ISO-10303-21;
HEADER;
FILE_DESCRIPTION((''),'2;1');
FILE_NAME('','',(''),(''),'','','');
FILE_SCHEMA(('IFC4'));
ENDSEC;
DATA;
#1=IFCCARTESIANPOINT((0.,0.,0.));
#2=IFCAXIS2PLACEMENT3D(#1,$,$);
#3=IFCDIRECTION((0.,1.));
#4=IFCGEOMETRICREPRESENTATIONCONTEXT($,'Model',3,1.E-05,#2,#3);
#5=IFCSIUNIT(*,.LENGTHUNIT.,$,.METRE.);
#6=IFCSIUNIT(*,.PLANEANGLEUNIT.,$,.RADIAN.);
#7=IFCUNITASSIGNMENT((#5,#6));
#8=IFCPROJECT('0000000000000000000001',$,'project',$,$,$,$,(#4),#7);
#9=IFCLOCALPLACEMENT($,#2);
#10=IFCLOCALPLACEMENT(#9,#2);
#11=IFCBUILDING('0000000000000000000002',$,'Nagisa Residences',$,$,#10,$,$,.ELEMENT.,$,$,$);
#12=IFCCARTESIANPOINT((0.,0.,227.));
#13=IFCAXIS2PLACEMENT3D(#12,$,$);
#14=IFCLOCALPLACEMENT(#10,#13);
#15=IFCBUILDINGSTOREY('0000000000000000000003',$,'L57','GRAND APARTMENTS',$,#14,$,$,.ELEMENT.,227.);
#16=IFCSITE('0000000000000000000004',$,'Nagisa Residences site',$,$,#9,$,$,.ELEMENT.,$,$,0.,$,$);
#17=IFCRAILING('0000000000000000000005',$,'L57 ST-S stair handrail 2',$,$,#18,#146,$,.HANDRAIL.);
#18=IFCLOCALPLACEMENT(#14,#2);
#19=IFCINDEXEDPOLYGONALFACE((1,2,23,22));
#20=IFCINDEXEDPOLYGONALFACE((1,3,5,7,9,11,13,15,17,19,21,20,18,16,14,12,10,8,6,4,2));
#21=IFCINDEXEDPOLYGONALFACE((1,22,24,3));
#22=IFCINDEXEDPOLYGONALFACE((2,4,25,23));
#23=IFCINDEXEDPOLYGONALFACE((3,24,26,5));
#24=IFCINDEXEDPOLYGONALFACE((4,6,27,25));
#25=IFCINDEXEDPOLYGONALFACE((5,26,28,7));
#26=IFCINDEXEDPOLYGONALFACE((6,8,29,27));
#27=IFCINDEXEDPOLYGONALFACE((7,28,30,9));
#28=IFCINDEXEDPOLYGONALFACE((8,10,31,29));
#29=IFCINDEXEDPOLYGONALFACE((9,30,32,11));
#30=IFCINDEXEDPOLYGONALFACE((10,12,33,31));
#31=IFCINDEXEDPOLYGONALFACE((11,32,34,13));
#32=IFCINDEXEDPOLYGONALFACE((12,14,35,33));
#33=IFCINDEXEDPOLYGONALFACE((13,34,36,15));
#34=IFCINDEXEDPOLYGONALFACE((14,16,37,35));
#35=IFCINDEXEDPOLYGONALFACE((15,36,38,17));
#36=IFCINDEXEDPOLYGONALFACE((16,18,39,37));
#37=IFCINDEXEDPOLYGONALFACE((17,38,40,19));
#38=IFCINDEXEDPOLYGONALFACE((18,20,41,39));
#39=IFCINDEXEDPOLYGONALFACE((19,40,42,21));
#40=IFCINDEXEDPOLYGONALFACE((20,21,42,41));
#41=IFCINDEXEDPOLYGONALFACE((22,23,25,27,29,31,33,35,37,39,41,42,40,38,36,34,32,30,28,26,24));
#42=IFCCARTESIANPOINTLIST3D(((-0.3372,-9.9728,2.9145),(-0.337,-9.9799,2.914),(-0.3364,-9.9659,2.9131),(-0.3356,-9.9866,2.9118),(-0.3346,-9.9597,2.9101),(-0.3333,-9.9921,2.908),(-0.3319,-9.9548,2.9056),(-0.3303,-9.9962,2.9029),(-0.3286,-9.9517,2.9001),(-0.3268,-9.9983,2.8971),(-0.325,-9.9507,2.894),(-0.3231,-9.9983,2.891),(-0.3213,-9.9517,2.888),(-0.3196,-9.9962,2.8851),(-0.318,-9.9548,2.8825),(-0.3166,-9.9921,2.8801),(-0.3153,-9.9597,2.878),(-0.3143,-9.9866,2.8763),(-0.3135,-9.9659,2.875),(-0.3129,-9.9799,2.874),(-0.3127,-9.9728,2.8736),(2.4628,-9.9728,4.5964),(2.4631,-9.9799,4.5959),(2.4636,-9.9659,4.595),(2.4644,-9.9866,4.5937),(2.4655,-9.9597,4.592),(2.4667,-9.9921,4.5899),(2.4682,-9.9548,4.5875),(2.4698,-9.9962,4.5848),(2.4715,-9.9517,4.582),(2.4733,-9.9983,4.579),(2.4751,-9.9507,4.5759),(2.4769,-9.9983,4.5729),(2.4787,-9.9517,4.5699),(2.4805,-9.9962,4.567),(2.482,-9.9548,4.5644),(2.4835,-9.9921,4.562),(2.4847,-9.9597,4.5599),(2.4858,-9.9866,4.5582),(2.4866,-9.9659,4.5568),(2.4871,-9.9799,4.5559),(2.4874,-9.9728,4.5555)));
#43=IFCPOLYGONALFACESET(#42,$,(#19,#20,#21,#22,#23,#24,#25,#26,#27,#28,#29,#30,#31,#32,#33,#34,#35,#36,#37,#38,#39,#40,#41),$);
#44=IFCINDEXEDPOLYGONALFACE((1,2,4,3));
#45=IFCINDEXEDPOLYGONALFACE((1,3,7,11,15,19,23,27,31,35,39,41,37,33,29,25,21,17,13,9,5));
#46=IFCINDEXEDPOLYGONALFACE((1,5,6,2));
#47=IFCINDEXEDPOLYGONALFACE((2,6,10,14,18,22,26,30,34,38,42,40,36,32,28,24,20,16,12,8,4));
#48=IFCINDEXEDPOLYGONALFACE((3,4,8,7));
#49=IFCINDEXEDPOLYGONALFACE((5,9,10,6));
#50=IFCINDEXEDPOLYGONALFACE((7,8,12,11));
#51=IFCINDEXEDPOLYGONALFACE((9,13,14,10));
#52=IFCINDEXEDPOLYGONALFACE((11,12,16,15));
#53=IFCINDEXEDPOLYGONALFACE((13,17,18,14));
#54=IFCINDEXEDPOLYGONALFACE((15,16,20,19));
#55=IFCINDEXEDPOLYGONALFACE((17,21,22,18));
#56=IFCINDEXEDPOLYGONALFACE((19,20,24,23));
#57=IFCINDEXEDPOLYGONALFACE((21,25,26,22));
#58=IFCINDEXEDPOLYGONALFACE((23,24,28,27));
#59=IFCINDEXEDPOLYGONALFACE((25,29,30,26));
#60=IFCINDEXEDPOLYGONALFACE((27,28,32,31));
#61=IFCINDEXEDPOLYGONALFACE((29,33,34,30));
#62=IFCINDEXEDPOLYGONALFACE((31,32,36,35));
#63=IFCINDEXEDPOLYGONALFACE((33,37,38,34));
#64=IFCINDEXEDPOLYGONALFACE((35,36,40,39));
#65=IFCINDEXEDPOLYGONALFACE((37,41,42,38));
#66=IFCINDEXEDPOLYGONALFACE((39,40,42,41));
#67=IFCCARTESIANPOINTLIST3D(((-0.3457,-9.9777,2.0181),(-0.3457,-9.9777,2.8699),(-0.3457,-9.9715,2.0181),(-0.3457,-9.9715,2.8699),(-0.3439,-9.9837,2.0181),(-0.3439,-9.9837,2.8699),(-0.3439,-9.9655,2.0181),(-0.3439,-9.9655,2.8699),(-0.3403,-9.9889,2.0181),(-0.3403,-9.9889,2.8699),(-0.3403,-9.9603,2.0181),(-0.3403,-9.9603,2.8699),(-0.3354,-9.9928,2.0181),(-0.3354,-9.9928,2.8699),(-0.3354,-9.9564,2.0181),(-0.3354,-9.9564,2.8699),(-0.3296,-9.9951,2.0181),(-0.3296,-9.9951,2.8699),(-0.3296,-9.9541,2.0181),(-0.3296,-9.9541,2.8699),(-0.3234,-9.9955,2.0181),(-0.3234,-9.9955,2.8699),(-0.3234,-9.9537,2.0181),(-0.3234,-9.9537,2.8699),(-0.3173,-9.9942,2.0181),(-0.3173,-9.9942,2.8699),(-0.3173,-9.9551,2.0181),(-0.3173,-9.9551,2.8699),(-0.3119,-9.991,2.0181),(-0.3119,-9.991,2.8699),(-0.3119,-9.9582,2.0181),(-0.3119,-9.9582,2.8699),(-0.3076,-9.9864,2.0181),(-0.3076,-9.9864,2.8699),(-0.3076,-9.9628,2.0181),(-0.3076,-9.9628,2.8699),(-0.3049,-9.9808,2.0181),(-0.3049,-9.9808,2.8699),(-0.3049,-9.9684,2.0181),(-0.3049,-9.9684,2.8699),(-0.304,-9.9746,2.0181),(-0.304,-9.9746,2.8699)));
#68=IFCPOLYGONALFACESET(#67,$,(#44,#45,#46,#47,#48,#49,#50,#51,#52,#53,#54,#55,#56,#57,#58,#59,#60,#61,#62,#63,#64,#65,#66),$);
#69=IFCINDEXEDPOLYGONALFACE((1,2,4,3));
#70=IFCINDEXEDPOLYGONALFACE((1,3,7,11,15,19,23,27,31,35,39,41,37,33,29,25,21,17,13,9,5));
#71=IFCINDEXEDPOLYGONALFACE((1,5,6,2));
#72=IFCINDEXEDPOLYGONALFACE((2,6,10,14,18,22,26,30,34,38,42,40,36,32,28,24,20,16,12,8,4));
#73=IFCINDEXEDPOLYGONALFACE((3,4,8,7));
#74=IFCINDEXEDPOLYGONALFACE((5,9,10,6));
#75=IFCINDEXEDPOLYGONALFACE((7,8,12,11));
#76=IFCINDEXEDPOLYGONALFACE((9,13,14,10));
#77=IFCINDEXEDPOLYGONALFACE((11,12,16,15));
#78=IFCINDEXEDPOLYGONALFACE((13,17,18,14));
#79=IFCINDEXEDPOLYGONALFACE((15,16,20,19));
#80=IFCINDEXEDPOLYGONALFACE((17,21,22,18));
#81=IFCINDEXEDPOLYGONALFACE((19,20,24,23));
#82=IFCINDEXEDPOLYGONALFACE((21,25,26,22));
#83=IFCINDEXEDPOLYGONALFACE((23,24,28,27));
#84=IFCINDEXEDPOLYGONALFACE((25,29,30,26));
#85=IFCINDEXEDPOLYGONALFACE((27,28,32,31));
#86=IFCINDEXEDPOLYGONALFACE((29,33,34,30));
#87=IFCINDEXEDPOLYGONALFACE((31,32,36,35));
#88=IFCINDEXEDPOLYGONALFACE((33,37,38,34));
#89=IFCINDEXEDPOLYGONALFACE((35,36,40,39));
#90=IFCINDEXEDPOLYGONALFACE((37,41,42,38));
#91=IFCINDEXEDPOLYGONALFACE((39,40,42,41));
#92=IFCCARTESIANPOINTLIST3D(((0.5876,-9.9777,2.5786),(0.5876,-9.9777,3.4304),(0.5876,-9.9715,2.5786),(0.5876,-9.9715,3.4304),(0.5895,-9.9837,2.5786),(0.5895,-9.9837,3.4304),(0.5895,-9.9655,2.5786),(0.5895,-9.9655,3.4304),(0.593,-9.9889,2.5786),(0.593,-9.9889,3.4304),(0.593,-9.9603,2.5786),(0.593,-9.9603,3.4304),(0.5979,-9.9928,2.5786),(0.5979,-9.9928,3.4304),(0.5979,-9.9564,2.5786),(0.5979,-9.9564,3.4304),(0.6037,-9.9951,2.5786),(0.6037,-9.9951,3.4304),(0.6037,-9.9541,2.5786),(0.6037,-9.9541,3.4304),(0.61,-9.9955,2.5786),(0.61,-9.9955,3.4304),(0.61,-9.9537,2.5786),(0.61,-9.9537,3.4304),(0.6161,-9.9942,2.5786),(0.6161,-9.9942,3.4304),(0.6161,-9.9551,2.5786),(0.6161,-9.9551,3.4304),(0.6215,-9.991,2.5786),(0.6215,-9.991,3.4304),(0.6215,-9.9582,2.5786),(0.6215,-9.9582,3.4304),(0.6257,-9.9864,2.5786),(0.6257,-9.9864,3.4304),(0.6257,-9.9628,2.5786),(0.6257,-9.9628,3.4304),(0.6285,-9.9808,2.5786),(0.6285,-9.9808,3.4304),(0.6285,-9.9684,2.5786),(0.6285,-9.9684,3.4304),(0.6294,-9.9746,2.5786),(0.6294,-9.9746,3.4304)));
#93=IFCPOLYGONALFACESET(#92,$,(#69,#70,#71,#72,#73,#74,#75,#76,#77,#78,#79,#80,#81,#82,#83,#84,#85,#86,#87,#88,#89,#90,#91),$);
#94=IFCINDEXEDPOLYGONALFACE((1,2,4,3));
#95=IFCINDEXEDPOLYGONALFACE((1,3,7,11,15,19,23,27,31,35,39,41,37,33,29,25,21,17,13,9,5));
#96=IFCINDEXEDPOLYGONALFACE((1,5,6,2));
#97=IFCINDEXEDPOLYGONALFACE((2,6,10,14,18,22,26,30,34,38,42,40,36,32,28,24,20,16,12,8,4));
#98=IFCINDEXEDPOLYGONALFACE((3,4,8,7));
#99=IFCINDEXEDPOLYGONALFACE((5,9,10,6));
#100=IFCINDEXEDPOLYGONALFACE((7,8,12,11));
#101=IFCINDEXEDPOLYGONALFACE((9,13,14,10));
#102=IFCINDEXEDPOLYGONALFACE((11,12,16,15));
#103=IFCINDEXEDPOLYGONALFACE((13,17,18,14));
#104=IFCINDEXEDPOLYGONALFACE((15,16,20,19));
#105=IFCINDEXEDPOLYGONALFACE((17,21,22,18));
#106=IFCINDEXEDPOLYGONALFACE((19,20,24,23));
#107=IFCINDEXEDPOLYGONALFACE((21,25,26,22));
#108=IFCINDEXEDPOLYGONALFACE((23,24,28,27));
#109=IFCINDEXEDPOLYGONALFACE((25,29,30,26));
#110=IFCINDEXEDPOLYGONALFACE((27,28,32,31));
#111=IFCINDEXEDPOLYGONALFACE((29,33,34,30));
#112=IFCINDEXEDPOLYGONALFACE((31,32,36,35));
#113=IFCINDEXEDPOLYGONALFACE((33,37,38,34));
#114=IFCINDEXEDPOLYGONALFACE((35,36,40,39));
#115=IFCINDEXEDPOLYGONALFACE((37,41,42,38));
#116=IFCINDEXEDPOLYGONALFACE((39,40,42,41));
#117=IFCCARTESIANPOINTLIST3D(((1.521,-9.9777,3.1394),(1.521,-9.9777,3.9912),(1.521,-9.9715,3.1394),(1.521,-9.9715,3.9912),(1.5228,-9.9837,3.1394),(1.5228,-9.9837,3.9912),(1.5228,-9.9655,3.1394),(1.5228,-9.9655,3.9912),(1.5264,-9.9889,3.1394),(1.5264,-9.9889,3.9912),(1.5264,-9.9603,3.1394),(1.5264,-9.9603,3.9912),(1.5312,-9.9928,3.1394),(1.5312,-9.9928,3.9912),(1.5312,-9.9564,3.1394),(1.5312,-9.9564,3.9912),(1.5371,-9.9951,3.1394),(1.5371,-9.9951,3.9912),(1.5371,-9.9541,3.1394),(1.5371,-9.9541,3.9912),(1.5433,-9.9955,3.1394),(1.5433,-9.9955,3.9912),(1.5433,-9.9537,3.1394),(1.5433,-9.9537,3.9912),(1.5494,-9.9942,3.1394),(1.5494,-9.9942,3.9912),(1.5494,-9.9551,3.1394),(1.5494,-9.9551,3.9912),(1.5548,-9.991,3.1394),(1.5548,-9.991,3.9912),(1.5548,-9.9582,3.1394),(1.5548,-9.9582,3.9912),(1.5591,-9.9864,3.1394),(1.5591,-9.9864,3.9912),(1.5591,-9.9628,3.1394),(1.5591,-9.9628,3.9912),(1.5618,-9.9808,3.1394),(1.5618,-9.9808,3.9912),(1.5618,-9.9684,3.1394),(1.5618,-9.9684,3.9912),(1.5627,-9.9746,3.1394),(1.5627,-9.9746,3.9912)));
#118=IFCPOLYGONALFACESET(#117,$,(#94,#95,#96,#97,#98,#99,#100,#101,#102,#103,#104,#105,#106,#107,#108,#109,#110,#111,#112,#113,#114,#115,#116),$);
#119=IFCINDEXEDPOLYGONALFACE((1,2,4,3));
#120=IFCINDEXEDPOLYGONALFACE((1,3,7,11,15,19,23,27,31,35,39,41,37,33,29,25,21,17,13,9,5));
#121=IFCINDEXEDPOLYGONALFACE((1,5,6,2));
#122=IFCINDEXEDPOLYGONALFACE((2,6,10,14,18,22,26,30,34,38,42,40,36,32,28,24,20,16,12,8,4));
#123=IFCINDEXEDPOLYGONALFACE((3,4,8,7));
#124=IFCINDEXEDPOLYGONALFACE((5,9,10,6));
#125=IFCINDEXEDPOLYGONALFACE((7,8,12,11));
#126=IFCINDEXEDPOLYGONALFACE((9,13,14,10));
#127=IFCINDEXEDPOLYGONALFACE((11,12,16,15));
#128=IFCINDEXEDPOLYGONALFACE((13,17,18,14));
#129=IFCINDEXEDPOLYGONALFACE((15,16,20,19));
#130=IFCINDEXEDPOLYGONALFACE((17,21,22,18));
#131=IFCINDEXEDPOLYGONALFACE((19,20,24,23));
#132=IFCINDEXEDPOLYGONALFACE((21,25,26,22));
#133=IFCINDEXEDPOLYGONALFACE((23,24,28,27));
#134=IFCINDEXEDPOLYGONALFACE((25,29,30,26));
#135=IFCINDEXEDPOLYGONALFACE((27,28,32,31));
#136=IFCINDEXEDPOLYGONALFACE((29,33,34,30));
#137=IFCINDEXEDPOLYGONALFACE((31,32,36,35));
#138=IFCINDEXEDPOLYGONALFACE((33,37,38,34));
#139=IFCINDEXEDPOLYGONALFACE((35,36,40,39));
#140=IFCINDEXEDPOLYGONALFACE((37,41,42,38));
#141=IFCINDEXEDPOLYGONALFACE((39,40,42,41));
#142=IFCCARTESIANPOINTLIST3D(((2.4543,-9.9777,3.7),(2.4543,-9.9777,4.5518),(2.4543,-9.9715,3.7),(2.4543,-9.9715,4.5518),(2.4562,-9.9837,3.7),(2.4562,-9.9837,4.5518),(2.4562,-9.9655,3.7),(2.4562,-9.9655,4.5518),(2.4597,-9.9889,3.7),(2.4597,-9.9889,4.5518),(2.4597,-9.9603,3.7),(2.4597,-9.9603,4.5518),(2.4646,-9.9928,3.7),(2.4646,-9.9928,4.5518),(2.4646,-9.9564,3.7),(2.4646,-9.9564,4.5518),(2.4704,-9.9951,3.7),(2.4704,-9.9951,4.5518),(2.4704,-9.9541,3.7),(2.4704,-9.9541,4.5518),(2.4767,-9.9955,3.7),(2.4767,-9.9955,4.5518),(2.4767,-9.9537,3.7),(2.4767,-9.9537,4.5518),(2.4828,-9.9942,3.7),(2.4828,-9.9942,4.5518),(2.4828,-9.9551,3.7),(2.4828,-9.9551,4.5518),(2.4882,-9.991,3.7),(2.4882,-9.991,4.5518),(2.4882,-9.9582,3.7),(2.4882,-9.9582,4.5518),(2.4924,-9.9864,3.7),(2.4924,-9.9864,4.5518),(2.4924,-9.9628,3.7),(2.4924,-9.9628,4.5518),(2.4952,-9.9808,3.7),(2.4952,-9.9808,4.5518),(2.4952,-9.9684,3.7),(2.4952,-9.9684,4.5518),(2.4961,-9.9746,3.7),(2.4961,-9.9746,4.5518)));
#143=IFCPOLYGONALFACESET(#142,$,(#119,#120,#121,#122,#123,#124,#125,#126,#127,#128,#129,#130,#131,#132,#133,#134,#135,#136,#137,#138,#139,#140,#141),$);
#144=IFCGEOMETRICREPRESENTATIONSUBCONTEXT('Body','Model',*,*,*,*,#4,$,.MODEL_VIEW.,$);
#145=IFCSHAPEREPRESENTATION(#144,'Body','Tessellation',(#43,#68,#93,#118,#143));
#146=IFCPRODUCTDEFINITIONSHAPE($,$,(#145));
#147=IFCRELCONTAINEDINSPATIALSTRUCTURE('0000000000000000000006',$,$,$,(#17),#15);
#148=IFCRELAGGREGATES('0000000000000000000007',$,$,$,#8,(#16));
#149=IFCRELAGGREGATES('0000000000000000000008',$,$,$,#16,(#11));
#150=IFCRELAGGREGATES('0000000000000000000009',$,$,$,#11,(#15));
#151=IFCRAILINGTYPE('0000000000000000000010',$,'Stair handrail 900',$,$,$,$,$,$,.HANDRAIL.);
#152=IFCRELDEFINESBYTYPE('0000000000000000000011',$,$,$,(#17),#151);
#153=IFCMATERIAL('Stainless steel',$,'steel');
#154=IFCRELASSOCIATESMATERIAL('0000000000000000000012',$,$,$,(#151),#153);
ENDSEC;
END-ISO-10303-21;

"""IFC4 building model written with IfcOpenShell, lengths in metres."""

from ifc_helpers import new_model, si_unit, direction, frame, origin, origin_2d, place, context, subcontext, project, spatial, circle, extrude, material, type_object, element, save


model = new_model("IFC4")

# Units and contexts
model_context = context("Model", 3, precision=1e-05, world=origin(), true_north=direction((0.0, 1.0)))
body_context = subcontext(model_context, "Body", "Model", "MODEL_VIEW")
ifc_project = project(units=[si_unit("LENGTHUNIT", "METRE"), si_unit("PLANEANGLEUNIT", "RADIAN")], contexts=[model_context])

# Site, building, storey
site_placement = place(None, origin())
site = spatial("IfcSite", under=ifc_project, at=site_placement, Name="Nagisa Residences site", CompositionType="ELEMENT", RefElevation=0.0)
building_placement = place(site_placement, origin())
building = spatial("IfcBuilding", under=site, at=building_placement, Name="Nagisa Residences", CompositionType="ELEMENT")
storey_placement = place(building_placement, frame((0.0, 0.0, 227.0)))
storey = spatial("IfcBuildingStorey", under=building, at=storey_placement, Name="L57", Description="GRAND APARTMENTS", CompositionType="ELEMENT", Elevation=227.0)

# Railing
ifc_material_1 = material(Name="Stainless steel", Category="steel")
railing_type = type_object("IfcRailingType", Name="Stair handrail 900", PredefinedType="HANDRAIL", material=ifc_material_1)
railing_placement = place(storey_placement, frame((-0.325, -9.9746, 2.0181)))
element("IfcRailing", 1, at=railing_placement, inside=storey, type_object=railing_type, Name="L57 ST-S stair handrail 2", PredefinedType="HANDRAIL", context=body_context, shape_type="SweptSolid", body=[
    extrude(circle(Radius=0.0239, at=origin_2d()), frame((0.0, 0.0, 0.876), z_axis=(0.857242, 0.0, 0.514913), x_axis=(0.0, 1.0, 0.0)), (0.0, 0.0, 1.0), 3.2664),
    extrude(circle(Radius=0.021, at=origin_2d()), origin(), (0.0, 0.0, 1.0), 0.8518),
    extrude(circle(Radius=0.021, at=origin_2d()), frame((0.9333, 0.0, 0.5605)), (0.0, 0.0, 1.0), 0.8518),
    extrude(circle(Radius=0.021, at=origin_2d()), frame((1.8667, 0.0, 1.1213)), (0.0, 0.0, 1.0), 0.8518),
    extrude(circle(Radius=0.021, at=origin_2d()), frame((2.8, 0.0, 1.6819)), (0.0, 0.0, 1.0), 0.8518),
])

save(model, "model.ifc")
